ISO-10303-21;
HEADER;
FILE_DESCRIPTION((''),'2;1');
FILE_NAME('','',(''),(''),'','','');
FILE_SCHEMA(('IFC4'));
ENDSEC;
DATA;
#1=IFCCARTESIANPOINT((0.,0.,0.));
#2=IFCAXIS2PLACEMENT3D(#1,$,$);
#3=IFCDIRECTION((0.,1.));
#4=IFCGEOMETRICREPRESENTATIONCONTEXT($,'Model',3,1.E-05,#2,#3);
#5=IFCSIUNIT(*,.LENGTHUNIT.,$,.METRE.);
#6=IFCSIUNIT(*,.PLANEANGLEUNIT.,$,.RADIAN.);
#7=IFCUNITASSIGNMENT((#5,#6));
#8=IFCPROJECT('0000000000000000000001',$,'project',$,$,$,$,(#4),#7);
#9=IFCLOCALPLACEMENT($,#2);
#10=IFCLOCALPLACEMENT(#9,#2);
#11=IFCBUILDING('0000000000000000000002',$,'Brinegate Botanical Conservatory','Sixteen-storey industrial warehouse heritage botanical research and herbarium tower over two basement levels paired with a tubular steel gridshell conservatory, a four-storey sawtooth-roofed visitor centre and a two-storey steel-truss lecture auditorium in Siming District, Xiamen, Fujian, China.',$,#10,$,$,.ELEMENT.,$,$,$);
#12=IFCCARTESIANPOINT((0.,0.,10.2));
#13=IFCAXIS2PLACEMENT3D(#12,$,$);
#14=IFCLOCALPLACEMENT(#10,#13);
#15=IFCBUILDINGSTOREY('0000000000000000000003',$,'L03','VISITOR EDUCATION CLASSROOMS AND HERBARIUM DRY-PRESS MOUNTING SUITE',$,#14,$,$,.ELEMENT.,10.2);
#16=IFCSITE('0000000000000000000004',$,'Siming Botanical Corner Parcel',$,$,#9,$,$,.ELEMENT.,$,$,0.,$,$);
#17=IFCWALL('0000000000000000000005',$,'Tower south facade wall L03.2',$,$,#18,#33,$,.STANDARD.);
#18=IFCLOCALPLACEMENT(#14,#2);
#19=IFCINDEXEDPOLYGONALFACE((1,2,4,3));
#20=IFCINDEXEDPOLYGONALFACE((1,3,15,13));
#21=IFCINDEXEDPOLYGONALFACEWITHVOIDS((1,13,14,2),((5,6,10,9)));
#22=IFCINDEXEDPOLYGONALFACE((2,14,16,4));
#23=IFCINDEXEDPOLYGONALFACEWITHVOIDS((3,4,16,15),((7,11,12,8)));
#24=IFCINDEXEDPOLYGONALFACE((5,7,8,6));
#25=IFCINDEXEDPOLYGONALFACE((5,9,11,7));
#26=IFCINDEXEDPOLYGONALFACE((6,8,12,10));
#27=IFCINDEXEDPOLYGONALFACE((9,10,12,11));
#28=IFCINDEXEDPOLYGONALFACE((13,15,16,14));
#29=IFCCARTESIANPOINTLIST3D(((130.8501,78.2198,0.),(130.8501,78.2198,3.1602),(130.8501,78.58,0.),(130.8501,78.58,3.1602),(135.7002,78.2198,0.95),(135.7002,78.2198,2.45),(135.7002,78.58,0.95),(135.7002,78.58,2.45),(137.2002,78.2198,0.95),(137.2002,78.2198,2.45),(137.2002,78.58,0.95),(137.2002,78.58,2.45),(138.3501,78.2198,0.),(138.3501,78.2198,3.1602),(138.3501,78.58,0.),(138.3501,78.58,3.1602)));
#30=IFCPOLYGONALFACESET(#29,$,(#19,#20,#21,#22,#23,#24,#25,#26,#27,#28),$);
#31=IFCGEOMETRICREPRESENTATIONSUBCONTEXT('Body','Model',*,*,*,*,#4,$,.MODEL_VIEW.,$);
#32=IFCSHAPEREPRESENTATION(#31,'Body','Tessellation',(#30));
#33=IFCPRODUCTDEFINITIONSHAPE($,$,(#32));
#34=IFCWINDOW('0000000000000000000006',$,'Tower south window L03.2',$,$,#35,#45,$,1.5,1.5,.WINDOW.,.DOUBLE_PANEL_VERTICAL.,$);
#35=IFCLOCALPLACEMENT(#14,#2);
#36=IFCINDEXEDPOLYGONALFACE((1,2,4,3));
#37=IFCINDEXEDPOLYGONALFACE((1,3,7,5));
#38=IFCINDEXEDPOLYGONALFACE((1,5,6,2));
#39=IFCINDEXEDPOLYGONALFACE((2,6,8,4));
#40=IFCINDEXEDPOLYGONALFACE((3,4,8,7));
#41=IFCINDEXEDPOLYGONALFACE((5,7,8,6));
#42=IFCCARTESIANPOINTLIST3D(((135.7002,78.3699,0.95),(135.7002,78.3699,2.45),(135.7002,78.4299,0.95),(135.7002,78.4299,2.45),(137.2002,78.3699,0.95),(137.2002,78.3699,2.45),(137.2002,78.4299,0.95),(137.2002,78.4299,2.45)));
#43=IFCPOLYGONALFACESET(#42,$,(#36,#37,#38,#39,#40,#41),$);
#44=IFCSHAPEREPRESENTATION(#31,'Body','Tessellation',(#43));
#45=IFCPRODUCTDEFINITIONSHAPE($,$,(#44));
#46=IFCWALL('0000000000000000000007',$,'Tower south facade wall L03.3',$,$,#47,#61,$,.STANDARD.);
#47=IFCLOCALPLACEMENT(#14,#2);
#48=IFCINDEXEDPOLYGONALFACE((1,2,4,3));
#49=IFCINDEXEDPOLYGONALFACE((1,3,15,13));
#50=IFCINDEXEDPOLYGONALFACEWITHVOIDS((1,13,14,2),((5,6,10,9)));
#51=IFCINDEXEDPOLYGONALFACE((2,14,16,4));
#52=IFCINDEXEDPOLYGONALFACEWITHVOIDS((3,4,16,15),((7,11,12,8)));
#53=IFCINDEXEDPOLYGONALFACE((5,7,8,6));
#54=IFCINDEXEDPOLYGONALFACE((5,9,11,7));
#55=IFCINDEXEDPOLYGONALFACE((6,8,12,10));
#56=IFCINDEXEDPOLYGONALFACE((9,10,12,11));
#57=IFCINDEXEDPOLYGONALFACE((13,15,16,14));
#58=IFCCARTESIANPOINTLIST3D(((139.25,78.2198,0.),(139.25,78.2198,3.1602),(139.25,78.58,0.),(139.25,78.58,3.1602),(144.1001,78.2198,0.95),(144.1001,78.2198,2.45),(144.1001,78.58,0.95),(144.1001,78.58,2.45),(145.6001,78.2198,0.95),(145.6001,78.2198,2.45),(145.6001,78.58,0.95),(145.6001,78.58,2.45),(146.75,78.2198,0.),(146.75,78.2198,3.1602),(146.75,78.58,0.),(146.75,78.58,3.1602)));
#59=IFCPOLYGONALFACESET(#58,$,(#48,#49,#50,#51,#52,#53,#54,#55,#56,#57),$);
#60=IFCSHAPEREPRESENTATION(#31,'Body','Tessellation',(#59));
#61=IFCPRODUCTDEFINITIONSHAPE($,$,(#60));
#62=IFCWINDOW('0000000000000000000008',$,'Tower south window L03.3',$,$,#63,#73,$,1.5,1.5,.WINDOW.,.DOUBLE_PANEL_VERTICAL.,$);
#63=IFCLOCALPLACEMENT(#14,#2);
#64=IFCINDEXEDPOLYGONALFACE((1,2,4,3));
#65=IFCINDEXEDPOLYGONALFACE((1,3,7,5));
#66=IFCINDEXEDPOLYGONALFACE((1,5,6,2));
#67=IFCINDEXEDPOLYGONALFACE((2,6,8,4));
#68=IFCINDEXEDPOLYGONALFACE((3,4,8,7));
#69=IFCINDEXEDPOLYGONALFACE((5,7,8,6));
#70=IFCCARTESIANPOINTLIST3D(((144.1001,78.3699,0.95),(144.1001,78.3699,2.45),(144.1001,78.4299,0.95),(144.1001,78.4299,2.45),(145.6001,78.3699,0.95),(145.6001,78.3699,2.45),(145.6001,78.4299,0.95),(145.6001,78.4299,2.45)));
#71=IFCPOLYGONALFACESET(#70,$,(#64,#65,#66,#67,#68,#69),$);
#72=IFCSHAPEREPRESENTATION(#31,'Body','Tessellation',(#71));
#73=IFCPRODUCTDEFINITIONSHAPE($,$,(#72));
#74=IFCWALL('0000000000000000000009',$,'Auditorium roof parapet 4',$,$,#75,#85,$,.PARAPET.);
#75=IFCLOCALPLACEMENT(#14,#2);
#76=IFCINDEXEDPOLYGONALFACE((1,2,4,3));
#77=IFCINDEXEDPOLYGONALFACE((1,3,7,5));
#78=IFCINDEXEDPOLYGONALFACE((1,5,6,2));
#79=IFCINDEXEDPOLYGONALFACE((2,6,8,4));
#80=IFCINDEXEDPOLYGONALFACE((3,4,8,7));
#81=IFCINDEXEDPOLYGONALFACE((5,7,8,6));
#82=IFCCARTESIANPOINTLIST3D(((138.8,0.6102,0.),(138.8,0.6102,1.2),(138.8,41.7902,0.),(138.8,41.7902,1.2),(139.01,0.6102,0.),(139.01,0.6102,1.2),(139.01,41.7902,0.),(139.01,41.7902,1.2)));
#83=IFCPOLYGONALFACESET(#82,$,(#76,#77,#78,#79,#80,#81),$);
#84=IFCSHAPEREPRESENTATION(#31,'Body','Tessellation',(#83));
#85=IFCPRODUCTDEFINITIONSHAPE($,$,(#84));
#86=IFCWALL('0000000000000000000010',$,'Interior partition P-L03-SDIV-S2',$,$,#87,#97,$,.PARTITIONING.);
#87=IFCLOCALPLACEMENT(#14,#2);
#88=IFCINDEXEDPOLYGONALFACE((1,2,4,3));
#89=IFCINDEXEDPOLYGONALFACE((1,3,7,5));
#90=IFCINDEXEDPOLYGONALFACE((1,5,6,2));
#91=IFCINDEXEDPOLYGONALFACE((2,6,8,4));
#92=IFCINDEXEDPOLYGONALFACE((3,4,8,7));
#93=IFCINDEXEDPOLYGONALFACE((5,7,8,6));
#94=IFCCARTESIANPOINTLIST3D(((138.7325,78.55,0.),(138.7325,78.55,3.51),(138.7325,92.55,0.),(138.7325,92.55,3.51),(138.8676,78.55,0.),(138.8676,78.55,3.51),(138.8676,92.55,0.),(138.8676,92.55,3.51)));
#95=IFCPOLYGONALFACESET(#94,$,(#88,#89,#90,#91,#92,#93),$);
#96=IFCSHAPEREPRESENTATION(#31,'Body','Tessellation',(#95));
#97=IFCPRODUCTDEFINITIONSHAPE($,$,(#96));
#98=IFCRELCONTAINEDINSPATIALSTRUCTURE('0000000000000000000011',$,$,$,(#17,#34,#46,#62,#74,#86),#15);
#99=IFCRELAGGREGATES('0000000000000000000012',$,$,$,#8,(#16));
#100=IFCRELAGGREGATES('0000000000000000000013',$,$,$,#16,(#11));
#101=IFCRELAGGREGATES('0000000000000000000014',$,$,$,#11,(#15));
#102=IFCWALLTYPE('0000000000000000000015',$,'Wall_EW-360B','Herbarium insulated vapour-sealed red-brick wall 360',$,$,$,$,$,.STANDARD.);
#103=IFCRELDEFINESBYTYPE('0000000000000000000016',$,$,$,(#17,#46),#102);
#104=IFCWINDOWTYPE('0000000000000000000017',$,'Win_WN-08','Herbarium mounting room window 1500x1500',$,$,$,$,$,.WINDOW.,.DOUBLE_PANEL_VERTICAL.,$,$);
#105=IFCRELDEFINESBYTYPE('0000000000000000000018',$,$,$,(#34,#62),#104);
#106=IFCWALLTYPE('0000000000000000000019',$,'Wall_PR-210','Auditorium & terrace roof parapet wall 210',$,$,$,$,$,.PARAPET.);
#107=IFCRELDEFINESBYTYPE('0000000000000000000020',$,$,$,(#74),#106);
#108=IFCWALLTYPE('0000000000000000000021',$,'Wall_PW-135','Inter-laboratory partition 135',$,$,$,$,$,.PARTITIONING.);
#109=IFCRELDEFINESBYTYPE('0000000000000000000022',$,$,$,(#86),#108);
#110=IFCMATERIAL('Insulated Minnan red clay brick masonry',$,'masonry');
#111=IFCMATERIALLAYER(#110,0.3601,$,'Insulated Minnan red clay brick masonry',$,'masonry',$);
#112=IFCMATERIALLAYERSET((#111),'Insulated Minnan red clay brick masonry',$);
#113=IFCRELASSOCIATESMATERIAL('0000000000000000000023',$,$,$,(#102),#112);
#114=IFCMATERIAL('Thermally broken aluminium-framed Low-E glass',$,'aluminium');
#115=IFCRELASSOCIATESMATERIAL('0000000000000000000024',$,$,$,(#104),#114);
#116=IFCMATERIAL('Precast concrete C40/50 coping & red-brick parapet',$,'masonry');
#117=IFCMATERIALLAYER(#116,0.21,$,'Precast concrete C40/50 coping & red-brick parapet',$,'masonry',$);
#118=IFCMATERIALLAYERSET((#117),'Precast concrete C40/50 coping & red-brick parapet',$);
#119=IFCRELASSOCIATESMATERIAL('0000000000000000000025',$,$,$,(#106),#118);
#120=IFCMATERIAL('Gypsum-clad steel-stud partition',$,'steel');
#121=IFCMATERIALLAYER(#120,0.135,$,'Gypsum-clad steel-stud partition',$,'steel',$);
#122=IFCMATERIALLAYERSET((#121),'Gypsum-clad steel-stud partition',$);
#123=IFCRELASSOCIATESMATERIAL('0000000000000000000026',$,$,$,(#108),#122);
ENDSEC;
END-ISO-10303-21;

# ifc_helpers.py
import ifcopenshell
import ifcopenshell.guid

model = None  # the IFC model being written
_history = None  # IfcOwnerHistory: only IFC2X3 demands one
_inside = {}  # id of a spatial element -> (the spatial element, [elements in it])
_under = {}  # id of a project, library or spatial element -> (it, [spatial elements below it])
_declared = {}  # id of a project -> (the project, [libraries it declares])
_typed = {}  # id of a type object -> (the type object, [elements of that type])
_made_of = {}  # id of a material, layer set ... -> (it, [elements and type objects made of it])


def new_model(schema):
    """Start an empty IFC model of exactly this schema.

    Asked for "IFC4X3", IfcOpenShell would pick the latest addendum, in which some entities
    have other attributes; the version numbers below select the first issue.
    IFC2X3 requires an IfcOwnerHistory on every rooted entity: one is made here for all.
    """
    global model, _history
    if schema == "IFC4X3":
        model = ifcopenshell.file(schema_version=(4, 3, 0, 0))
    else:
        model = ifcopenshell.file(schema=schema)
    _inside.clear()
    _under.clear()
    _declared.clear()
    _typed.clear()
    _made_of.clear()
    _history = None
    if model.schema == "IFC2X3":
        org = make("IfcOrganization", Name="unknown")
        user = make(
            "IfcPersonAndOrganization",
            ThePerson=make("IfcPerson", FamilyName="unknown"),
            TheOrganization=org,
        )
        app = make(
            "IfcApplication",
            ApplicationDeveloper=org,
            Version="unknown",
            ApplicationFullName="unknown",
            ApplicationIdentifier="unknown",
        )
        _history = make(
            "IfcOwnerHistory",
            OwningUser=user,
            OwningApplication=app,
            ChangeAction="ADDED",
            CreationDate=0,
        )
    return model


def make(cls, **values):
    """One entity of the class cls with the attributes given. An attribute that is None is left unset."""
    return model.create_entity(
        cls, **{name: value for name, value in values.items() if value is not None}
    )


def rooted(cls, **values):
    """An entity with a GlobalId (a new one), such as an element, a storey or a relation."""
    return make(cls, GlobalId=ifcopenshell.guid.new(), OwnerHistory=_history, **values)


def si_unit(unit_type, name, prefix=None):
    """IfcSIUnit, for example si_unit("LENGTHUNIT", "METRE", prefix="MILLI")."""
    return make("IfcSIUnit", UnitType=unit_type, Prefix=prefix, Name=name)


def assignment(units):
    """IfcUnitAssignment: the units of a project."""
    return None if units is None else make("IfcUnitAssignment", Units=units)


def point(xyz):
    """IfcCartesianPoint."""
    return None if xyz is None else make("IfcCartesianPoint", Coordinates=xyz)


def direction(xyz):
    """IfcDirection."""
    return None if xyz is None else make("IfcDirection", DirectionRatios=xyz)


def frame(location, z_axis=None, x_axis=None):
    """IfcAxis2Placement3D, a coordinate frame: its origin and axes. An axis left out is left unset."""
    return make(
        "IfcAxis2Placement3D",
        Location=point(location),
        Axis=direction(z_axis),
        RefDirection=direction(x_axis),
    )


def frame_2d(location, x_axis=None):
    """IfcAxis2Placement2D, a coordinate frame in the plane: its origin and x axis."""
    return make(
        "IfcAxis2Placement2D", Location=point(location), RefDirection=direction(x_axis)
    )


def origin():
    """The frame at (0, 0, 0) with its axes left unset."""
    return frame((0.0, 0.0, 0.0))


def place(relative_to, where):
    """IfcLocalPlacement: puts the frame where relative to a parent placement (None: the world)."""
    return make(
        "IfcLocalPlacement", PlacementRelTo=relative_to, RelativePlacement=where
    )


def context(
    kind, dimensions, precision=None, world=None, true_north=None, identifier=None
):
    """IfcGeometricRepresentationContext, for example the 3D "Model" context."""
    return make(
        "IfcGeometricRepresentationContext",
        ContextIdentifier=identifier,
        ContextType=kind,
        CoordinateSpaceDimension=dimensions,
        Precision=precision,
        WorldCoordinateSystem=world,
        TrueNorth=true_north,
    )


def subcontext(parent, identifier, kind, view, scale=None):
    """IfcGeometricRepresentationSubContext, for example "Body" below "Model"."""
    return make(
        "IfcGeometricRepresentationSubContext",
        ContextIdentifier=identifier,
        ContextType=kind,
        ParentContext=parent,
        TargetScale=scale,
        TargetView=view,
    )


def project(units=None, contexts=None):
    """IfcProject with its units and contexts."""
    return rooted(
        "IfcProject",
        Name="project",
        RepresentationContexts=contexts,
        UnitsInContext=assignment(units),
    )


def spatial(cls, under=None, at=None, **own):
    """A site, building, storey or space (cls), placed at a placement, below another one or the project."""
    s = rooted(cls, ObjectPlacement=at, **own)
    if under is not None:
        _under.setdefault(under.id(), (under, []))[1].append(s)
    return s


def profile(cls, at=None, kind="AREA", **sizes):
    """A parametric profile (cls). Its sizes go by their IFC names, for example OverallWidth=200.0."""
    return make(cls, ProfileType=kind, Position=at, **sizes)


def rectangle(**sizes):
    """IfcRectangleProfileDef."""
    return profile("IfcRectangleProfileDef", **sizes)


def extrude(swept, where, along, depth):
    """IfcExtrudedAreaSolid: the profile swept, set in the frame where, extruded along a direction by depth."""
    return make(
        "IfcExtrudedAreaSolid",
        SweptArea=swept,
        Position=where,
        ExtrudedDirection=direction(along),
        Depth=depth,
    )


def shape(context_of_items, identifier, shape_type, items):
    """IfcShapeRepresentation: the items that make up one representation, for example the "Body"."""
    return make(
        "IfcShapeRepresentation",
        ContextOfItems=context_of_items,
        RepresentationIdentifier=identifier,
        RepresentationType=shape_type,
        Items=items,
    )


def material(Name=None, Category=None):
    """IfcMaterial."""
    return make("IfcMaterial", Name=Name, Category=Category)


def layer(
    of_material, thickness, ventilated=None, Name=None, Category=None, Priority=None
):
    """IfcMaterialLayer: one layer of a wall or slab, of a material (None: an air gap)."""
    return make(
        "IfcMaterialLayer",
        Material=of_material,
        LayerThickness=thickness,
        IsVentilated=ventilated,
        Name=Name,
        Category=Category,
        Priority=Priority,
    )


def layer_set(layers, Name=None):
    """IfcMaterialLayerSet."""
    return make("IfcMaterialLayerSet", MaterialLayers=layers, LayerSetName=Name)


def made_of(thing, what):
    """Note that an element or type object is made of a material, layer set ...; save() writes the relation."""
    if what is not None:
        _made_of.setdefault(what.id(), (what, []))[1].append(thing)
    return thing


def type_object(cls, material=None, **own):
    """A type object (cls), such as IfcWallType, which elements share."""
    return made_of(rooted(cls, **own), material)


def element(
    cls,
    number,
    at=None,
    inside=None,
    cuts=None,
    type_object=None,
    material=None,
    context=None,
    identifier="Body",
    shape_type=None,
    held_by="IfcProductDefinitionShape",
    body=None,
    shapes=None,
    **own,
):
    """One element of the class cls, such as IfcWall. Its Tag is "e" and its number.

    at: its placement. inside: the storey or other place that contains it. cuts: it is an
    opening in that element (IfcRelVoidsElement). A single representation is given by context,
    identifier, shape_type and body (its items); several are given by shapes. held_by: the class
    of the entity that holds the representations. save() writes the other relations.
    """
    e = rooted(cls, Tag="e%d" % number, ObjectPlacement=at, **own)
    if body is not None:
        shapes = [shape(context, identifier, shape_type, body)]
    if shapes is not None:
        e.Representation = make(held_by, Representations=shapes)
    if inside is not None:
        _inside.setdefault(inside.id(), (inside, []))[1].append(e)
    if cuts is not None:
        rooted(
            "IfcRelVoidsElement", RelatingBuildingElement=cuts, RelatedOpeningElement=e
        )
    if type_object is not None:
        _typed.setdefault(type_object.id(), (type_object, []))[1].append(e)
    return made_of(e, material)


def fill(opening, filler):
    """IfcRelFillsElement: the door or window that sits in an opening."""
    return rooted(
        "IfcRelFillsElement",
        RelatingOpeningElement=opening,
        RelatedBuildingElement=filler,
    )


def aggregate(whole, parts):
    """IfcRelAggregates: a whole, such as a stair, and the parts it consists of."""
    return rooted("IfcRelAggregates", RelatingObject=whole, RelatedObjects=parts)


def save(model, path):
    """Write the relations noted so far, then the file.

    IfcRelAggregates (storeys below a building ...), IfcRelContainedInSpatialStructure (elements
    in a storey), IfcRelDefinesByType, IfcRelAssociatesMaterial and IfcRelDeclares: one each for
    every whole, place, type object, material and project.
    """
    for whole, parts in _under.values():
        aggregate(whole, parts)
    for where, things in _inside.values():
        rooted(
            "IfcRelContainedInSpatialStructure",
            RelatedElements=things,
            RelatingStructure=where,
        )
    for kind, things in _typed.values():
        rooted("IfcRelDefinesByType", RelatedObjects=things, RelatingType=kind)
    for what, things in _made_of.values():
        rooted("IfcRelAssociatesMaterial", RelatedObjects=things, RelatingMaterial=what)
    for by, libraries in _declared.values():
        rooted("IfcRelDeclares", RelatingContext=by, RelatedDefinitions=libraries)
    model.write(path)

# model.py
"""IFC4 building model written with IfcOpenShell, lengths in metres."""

from ifc_helpers import new_model, si_unit, direction, frame, frame_2d, origin, place, context, subcontext, project, spatial, rectangle, extrude, material, layer, layer_set, type_object, element, fill, save


model = new_model("IFC4")

# Units and contexts
model_context = context("Model", 3, precision=1e-05, world=origin(), true_north=direction((0.0, 1.0)))
body_context = subcontext(model_context, "Body", "Model", "MODEL_VIEW")
ifc_project = project(units=[si_unit("LENGTHUNIT", "METRE"), si_unit("PLANEANGLEUNIT", "RADIAN")], contexts=[model_context])

# Site, building, storey
site_placement = place(None, origin())
site = spatial("IfcSite", under=ifc_project, at=site_placement, Name="Siming Botanical Corner Parcel", CompositionType="ELEMENT", RefElevation=0.0)
building_placement = place(site_placement, origin())
building = spatial("IfcBuilding", under=site, at=building_placement, Name="Brinegate Botanical Conservatory", Description="Sixteen-storey industrial warehouse heritage botanical research and herbarium tower over two basement levels paired with a tubular steel gridshell conservatory, a four-storey sawtooth-roofed visitor centre and a two-storey steel-truss lecture auditorium in Siming District, Xiamen, Fujian, China.", CompositionType="ELEMENT")
storey_placement = place(building_placement, frame((0.0, 0.0, 10.2)))
storey = spatial("IfcBuildingStorey", under=building, at=storey_placement, Name="L03", Description="VISITOR EDUCATION CLASSROOMS AND HERBARIUM DRY-PRESS MOUNTING SUITE", CompositionType="ELEMENT", Elevation=10.2)

# Shared definitions
ifc_material_1 = material(Name="Insulated Minnan red clay brick masonry", Category="masonry")

# Walls, openings, windows
ifc_layer_1 = layer(ifc_material_1, 0.3601, Name="Insulated Minnan red clay brick masonry", Category="masonry")
ifc_layer_set_1 = layer_set([ifc_layer_1], Name="Insulated Minnan red clay brick masonry")
wall_type_1 = type_object("IfcWallType", Name="Wall_EW-360B", Description="Herbarium insulated vapour-sealed red-brick wall 360", PredefinedType="STANDARD", material=ifc_layer_set_1)
ifc_material_2 = material(Name="Thermally broken aluminium-framed Low-E glass", Category="aluminium")
window_type = type_object("IfcWindowType", Name="Win_WN-08", Description="Herbarium mounting room window 1500x1500", PartitioningType="DOUBLE_PANEL_VERTICAL", PredefinedType="WINDOW", material=ifc_material_2)
wall_1_placement = place(storey_placement, frame((138.3501, 78.3999, 0.0), z_axis=(0.0, 0.0, 1.0), x_axis=(-1.0, 0.0, 0.0)))
wall_1 = element("IfcWall", 1, at=wall_1_placement, inside=storey, type_object=wall_type_1, Name="Tower south facade wall L03.2", PredefinedType="STANDARD", context=body_context, shape_type="SweptSolid", body=[
    extrude(rectangle(XDim=7.5, YDim=0.3601, at=frame_2d((3.75, 0.0))), origin(), (0.0, 0.0, 1.0), 3.1602),
])
opening_1_placement = place(wall_1_placement, frame((1.1499, 0.0, 0.95)))
opening_1 = element("IfcOpeningElement", 2, at=opening_1_placement, cuts=wall_1, PredefinedType="OPENING", context=body_context, shape_type="SweptSolid", body=[
    extrude(rectangle(XDim=1.5, YDim=1.5, at=frame_2d((0.75, 0.75))), frame((0.0, 0.1899, 0.0), z_axis=(0.0, -1.0, 0.0), x_axis=(1.0, 0.0, 0.0)), (0.0, 0.0, 1.0), 0.3801),
])
window_1_placement = place(opening_1_placement, origin())
window_1 = element("IfcWindow", 3, at=window_1_placement, inside=storey, type_object=window_type, Name="Tower south window L03.2", OverallHeight=1.5, OverallWidth=1.5, PartitioningType="DOUBLE_PANEL_VERTICAL", PredefinedType="WINDOW", context=body_context, shape_type="SweptSolid", body=[
    extrude(rectangle(XDim=1.5, YDim=1.5, at=frame_2d((0.75, 0.75))), frame((0.0, 0.03, 0.0), z_axis=(0.0, -1.0, 0.0), x_axis=(1.0, 0.0, 0.0)), (0.0, 0.0, 1.0), 0.0601),
])
fill(opening_1, window_1)
wall_2_placement = place(storey_placement, frame((146.75, 78.3999, 0.0), z_axis=(0.0, 0.0, 1.0), x_axis=(-1.0, 0.0, 0.0)))
wall_2 = element("IfcWall", 4, at=wall_2_placement, inside=storey, type_object=wall_type_1, Name="Tower south facade wall L03.3", PredefinedType="STANDARD", context=body_context, shape_type="SweptSolid", body=[
    extrude(rectangle(XDim=7.5, YDim=0.3601, at=frame_2d((3.75, 0.0))), origin(), (0.0, 0.0, 1.0), 3.1602),
])
opening_2_placement = place(wall_2_placement, frame((1.1499, 0.0, 0.95)))
opening_2 = element("IfcOpeningElement", 5, at=opening_2_placement, cuts=wall_2, PredefinedType="OPENING", context=body_context, shape_type="SweptSolid", body=[
    extrude(rectangle(XDim=1.5, YDim=1.5, at=frame_2d((0.75, 0.75))), frame((0.0, 0.1899, 0.0), z_axis=(0.0, -1.0, 0.0), x_axis=(1.0, 0.0, 0.0)), (0.0, 0.0, 1.0), 0.3801),
])
window_2_placement = place(opening_2_placement, origin())
window_2 = element("IfcWindow", 6, at=window_2_placement, inside=storey, type_object=window_type, Name="Tower south window L03.3", OverallHeight=1.5, OverallWidth=1.5, PartitioningType="DOUBLE_PANEL_VERTICAL", PredefinedType="WINDOW", context=body_context, shape_type="SweptSolid", body=[
    extrude(rectangle(XDim=1.5, YDim=1.5, at=frame_2d((0.75, 0.75))), frame((0.0, 0.03, 0.0), z_axis=(0.0, -1.0, 0.0), x_axis=(1.0, 0.0, 0.0)), (0.0, 0.0, 1.0), 0.0601),
])
fill(opening_2, window_2)

# Walls
ifc_material_3 = material(Name="Precast concrete C40/50 coping & red-brick parapet", Category="masonry")
ifc_layer_2 = layer(ifc_material_3, 0.21, Name="Precast concrete C40/50 coping & red-brick parapet", Category="masonry")
ifc_layer_set_2 = layer_set([ifc_layer_2], Name="Precast concrete C40/50 coping & red-brick parapet")
wall_type_2 = type_object("IfcWallType", Name="Wall_PR-210", Description="Auditorium & terrace roof parapet wall 210", PredefinedType="PARAPET", material=ifc_layer_set_2)
wall_3_placement = place(storey_placement, frame((138.905, 41.79, 0.0), z_axis=(0.0, 0.0, 1.0), x_axis=(0.0, -1.0, 0.0)))
element("IfcWall", 7, at=wall_3_placement, inside=storey, type_object=wall_type_2, Name="Auditorium roof parapet 4", PredefinedType="PARAPET", context=body_context, shape_type="SweptSolid", body=[
    extrude(rectangle(XDim=41.1799, YDim=0.21, at=frame_2d((20.5898, 0.0))), origin(), (0.0, 0.0, 1.0), 1.2),
])
ifc_material_4 = material(Name="Gypsum-clad steel-stud partition", Category="steel")
ifc_layer_3 = layer(ifc_material_4, 0.135, Name="Gypsum-clad steel-stud partition", Category="steel")
ifc_layer_set_3 = layer_set([ifc_layer_3], Name="Gypsum-clad steel-stud partition")
wall_type_3 = type_object("IfcWallType", Name="Wall_PW-135", Description="Inter-laboratory partition 135", PredefinedType="PARTITIONING", material=ifc_layer_set_3)
wall_4_placement = place(storey_placement, frame((138.8, 78.55, 0.0), z_axis=(0.0, 0.0, 1.0), x_axis=(0.0, 1.0, 0.0)))
element("IfcWall", 8, at=wall_4_placement, inside=storey, type_object=wall_type_3, Name="Interior partition P-L03-SDIV-S2", PredefinedType="PARTITIONING", context=body_context, shape_type="SweptSolid", body=[
    extrude(rectangle(XDim=14.0, YDim=0.135, at=frame_2d((7.0, 0.0))), origin(), (0.0, 0.0, 1.0), 3.51),
])

save(model, "model.ifc")
